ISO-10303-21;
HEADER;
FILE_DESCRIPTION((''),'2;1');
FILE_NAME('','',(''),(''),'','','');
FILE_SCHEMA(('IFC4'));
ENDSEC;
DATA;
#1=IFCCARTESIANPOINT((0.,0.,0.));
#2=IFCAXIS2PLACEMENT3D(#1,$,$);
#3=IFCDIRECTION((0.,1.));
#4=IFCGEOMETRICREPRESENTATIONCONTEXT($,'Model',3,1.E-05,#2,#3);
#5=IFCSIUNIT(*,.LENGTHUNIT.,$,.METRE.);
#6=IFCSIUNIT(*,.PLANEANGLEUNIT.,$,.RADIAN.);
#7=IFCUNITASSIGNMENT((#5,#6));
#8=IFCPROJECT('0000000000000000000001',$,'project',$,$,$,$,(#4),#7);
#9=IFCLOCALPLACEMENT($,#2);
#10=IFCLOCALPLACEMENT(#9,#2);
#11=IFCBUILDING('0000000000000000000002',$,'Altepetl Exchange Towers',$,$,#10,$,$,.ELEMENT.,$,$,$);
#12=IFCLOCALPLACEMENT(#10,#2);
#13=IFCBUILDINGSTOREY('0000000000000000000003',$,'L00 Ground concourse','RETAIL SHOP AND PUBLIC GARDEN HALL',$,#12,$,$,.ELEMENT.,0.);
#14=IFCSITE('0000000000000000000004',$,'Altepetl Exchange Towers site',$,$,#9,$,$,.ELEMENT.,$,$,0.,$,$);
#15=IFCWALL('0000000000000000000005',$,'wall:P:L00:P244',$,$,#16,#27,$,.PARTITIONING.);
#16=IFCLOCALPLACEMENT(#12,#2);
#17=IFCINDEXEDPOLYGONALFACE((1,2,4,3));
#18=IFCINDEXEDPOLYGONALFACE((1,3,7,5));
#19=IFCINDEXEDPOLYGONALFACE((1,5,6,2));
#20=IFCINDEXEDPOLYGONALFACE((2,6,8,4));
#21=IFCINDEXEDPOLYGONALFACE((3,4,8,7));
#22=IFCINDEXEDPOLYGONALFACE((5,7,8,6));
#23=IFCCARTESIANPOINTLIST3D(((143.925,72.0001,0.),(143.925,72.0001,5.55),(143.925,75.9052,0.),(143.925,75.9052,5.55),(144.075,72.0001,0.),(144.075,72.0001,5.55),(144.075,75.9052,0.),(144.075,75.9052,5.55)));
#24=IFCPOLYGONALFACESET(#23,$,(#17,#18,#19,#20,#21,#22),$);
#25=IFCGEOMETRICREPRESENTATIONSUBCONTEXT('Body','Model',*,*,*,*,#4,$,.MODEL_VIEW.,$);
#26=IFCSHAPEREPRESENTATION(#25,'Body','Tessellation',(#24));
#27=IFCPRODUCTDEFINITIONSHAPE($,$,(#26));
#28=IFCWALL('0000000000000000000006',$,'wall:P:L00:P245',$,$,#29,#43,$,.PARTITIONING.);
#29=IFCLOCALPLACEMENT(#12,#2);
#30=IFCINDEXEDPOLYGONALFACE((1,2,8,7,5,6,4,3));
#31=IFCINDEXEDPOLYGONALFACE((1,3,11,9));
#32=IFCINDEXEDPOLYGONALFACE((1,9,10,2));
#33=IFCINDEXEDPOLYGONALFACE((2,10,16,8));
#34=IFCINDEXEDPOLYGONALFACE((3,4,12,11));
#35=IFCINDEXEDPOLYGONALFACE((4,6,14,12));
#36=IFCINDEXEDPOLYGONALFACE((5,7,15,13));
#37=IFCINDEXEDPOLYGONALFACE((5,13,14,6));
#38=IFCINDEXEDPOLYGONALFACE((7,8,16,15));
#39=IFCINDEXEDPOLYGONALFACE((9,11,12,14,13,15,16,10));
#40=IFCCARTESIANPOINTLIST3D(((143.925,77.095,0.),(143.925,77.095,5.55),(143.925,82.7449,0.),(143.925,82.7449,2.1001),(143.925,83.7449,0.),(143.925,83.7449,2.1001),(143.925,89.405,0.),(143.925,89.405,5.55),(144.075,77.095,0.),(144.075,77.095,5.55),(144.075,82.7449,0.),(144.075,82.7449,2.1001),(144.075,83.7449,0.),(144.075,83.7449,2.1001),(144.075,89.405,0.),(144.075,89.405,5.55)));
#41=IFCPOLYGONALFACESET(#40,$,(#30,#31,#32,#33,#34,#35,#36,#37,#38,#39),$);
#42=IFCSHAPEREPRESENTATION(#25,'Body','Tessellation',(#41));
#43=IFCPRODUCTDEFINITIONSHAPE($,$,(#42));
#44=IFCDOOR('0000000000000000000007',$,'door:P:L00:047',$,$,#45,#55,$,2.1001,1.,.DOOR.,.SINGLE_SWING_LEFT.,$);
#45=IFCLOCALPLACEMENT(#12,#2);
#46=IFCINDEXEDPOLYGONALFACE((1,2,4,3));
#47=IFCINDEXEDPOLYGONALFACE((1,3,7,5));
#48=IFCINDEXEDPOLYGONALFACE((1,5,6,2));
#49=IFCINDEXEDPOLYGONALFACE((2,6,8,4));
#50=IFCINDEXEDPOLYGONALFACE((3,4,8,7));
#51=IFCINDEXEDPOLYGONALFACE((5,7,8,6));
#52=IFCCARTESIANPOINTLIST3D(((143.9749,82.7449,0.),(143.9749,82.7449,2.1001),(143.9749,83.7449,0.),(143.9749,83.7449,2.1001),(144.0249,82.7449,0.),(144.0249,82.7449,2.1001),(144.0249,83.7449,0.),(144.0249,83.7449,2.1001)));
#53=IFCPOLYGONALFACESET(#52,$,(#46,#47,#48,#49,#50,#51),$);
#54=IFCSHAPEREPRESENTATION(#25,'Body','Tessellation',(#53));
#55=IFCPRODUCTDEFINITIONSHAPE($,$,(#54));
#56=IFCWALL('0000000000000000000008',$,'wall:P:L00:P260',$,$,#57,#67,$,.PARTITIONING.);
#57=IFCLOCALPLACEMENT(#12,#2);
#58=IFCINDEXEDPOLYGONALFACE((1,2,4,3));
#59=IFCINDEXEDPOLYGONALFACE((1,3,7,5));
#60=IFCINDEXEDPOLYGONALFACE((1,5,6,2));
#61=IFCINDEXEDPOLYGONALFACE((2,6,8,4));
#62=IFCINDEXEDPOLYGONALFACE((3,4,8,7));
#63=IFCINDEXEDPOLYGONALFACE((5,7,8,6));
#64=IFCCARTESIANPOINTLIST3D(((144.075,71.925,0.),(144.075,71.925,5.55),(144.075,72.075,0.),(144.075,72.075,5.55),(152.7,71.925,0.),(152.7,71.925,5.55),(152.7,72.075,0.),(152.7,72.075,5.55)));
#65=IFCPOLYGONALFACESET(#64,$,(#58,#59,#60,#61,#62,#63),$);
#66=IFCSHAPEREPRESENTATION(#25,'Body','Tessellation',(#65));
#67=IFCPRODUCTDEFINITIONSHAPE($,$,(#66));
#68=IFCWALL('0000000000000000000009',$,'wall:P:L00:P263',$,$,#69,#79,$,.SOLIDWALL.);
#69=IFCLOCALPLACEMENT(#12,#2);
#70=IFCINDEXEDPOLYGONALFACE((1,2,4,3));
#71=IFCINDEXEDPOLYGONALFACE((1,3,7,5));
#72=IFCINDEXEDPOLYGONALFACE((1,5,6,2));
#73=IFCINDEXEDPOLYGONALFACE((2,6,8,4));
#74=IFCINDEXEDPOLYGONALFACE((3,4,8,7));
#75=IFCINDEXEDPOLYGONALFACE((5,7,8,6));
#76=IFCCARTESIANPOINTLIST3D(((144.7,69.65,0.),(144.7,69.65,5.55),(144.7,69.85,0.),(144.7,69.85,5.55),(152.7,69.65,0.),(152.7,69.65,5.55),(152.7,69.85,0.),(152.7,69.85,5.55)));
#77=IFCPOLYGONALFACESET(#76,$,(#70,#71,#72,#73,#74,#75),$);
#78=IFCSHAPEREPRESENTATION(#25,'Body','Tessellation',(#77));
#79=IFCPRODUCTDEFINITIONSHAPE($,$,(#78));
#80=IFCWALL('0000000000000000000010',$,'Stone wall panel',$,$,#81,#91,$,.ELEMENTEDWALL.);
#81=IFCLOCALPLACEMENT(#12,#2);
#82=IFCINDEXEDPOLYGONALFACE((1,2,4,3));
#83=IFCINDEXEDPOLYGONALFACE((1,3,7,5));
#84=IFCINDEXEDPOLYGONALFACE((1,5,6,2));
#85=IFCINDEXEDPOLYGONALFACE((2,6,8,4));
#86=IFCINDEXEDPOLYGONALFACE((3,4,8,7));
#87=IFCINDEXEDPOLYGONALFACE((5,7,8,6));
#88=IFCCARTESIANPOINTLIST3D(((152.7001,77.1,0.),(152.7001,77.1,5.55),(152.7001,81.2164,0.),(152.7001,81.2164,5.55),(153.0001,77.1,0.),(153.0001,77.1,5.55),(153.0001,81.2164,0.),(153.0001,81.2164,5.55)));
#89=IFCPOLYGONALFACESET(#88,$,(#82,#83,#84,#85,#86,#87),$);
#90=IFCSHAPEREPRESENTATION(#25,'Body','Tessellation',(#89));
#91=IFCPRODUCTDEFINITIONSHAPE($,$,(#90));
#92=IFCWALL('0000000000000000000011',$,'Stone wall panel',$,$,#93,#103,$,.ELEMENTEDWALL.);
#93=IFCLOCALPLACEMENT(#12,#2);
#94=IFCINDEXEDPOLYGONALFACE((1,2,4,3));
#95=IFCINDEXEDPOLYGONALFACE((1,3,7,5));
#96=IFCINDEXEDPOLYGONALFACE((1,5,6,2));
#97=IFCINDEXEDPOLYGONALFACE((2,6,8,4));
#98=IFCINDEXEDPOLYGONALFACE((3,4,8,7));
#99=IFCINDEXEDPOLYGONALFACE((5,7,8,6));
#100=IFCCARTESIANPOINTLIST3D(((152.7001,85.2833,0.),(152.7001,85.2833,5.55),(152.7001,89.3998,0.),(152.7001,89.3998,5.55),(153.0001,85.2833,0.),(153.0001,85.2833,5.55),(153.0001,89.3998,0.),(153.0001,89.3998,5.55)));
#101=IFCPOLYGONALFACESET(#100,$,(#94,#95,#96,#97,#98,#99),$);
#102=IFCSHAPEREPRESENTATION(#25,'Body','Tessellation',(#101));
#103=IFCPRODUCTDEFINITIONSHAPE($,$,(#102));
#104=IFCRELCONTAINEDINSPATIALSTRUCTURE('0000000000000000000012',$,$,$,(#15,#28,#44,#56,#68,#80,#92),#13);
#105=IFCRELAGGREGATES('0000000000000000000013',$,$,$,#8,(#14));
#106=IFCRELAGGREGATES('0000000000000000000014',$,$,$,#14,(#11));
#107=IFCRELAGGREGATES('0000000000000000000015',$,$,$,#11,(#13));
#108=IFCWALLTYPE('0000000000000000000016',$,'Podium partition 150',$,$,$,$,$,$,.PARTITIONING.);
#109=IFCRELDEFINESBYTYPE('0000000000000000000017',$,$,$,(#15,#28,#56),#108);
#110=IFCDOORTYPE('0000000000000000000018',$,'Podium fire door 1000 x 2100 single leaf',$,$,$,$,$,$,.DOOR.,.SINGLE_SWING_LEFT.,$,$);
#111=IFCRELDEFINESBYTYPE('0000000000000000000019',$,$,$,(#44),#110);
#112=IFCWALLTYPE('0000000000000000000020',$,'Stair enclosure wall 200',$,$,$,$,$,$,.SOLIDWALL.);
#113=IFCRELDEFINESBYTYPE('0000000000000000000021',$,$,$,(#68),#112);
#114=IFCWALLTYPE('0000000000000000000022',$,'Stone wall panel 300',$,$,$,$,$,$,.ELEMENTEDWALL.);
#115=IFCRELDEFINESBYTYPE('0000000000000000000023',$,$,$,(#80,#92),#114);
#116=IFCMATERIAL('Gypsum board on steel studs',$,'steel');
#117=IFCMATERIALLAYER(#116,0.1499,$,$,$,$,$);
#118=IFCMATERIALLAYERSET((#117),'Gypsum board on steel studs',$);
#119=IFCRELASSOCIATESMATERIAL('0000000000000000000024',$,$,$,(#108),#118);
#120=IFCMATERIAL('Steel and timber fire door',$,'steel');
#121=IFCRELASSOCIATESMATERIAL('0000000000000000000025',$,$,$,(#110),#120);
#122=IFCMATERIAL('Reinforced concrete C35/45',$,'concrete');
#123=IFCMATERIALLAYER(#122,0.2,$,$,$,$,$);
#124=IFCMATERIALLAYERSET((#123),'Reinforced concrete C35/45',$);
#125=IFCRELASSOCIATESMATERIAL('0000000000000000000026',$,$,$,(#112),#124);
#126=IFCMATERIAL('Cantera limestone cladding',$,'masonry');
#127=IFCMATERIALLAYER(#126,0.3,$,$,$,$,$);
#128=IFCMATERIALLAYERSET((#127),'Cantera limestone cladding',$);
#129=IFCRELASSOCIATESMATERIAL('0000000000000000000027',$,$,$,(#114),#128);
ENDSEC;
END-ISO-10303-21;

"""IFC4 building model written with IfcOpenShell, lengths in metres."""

from ifc_helpers import new_model, si_unit, direction, frame, frame_2d, origin, place, context, subcontext, project, spatial, rectangle, extrude, material, layer, layer_set, type_object, element, fill, save


model = new_model("IFC4")

# Units and contexts
model_context = context("Model", 3, precision=1e-05, world=origin(), true_north=direction((0.0, 1.0)))
body_context = subcontext(model_context, "Body", "Model", "MODEL_VIEW")
ifc_project = project(units=[si_unit("LENGTHUNIT", "METRE"), si_unit("PLANEANGLEUNIT", "RADIAN")], contexts=[model_context])

# Site, building, storey
site_placement = place(None, origin())
site = spatial("IfcSite", under=ifc_project, at=site_placement, Name="Altepetl Exchange Towers site", CompositionType="ELEMENT", RefElevation=0.0)
building_placement = place(site_placement, origin())
building = spatial("IfcBuilding", under=site, at=building_placement, Name="Altepetl Exchange Towers", CompositionType="ELEMENT")
storey_placement = place(building_placement, origin())
storey = spatial("IfcBuildingStorey", under=building, at=storey_placement, Name="L00 Ground concourse", Description="RETAIL SHOP AND PUBLIC GARDEN HALL", CompositionType="ELEMENT", Elevation=0.0)

# Wall
ifc_material_1 = material(Name="Gypsum board on steel studs", Category="steel")
ifc_layer_1 = layer(ifc_material_1, 0.1499)
ifc_layer_set_1 = layer_set([ifc_layer_1], Name="Gypsum board on steel studs")
wall_type_1 = type_object("IfcWallType", Name="Podium partition 150", PredefinedType="PARTITIONING", material=ifc_layer_set_1)
wall_1_placement = place(storey_placement, frame((144.0, 72.0, 0.0), z_axis=(0.0, 0.0, 1.0), x_axis=(0.0, 1.0, 0.0)))
element("IfcWall", 1, at=wall_1_placement, inside=storey, type_object=wall_type_1, Name="wall:P:L00:P244", PredefinedType="PARTITIONING", context=body_context, shape_type="SweptSolid", body=[
    extrude(rectangle(XDim=3.905, YDim=0.1499, at=frame_2d((1.9526, 0.0))), origin(), (0.0, 0.0, 1.0), 5.55),
])

# Wall, opening, door
wall_2_placement = place(storey_placement, frame((144.0, 77.095, 0.0), z_axis=(0.0, 0.0, 1.0), x_axis=(0.0, 1.0, 0.0)))
wall_2 = element("IfcWall", 2, at=wall_2_placement, inside=storey, type_object=wall_type_1, Name="wall:P:L00:P245", PredefinedType="PARTITIONING", context=body_context, shape_type="SweptSolid", body=[
    extrude(rectangle(XDim=12.3101, YDim=0.1499, at=frame_2d((6.155, 0.0))), origin(), (0.0, 0.0, 1.0), 5.55),
])
opening_1_placement = place(wall_2_placement, frame((5.6499, 0.0, 0.0)))
opening_1 = element("IfcOpeningElement", 3, at=opening_1_placement, cuts=wall_2, PredefinedType="OPENING", context=body_context, shape_type="SweptSolid", body=[
    extrude(rectangle(XDim=1.0, YDim=2.1001, at=frame_2d((0.5, 1.05))), frame((0.0, 0.085, 0.0), z_axis=(0.0, -1.0, 0.0), x_axis=(1.0, 0.0, 0.0)), (0.0, 0.0, 1.0), 0.1699),
])
ifc_material_2 = material(Name="Steel and timber fire door", Category="steel")
door_type_1 = type_object("IfcDoorType", Name="Podium fire door 1000 x 2100 single leaf", OperationType="SINGLE_SWING_LEFT", PredefinedType="DOOR", material=ifc_material_2)
door_1_placement = place(opening_1_placement, frame((1.0, 0.0, 0.0), x_axis=(-1.0, 0.0, 0.0)))
door_1 = element("IfcDoor", 4, at=door_1_placement, inside=storey, type_object=door_type_1, Name="door:P:L00:047", OperationType="SINGLE_SWING_LEFT", OverallHeight=2.1001, OverallWidth=1.0, PredefinedType="DOOR", context=body_context, shape_type="SweptSolid", body=[
    extrude(rectangle(XDim=1.0, YDim=2.1001, at=frame_2d((0.5, 1.05))), frame((0.0, 0.0249, 0.0), z_axis=(0.0, -1.0, 0.0), x_axis=(1.0, 0.0, 0.0)), (0.0, 0.0, 1.0), 0.05),
])
fill(opening_1, door_1)

# Walls
wall_3_placement = place(storey_placement, frame((144.075, 72.0, 0.0)))
element("IfcWall", 5, at=wall_3_placement, inside=storey, type_object=wall_type_1, Name="wall:P:L00:P260", PredefinedType="PARTITIONING", context=body_context, shape_type="SweptSolid", body=[
    extrude(rectangle(XDim=8.625, YDim=0.1499, at=frame_2d((4.3125, 0.0))), origin(), (0.0, 0.0, 1.0), 5.55),
])
ifc_material_3 = material(Name="Reinforced concrete C35/45", Category="concrete")
ifc_layer_2 = layer(ifc_material_3, 0.2)
ifc_layer_set_2 = layer_set([ifc_layer_2], Name="Reinforced concrete C35/45")
wall_type_2 = type_object("IfcWallType", Name="Stair enclosure wall 200", PredefinedType="SOLIDWALL", material=ifc_layer_set_2)
wall_4_placement = place(storey_placement, frame((144.7, 69.75, 0.0)))
element("IfcWall", 6, at=wall_4_placement, inside=storey, type_object=wall_type_2, Name="wall:P:L00:P263", PredefinedType="SOLIDWALL", context=body_context, shape_type="SweptSolid", body=[
    extrude(rectangle(XDim=8.0, YDim=0.2, at=frame_2d((4.0, 0.0))), origin(), (0.0, 0.0, 1.0), 5.55),
])
ifc_material_4 = material(Name="Cantera limestone cladding", Category="masonry")
ifc_layer_3 = layer(ifc_material_4, 0.3)
ifc_layer_set_3 = layer_set([ifc_layer_3], Name="Cantera limestone cladding")
wall_type_3 = type_object("IfcWallType", Name="Stone wall panel 300", PredefinedType="ELEMENTEDWALL", material=ifc_layer_set_3)
for number, where, z_axis, x_axis, name in (
    (7, (152.8501, 77.1001, 0.0), (0.0, 0.0, 1.0), (0.0, 1.0, 0.0), "Stone wall panel"),
    (8, (152.8501, 85.2834, 0.0), (0.0, 0.0, 1.0), (0.0, 1.0, 0.0), "Stone wall panel"),
):
    element("IfcWall", number, at=place(storey_placement, frame(where, z_axis=z_axis, x_axis=x_axis)), inside=storey, type_object=wall_type_3, Name=name, PredefinedType="ELEMENTEDWALL", context=body_context, shape_type="SweptSolid", body=[
        extrude(rectangle(XDim=4.1165, YDim=0.3, at=frame_2d((2.0581, 0.0))), origin(), (0.0, 0.0, 1.0), 5.55),
    ])

save(model, "model.ifc")
